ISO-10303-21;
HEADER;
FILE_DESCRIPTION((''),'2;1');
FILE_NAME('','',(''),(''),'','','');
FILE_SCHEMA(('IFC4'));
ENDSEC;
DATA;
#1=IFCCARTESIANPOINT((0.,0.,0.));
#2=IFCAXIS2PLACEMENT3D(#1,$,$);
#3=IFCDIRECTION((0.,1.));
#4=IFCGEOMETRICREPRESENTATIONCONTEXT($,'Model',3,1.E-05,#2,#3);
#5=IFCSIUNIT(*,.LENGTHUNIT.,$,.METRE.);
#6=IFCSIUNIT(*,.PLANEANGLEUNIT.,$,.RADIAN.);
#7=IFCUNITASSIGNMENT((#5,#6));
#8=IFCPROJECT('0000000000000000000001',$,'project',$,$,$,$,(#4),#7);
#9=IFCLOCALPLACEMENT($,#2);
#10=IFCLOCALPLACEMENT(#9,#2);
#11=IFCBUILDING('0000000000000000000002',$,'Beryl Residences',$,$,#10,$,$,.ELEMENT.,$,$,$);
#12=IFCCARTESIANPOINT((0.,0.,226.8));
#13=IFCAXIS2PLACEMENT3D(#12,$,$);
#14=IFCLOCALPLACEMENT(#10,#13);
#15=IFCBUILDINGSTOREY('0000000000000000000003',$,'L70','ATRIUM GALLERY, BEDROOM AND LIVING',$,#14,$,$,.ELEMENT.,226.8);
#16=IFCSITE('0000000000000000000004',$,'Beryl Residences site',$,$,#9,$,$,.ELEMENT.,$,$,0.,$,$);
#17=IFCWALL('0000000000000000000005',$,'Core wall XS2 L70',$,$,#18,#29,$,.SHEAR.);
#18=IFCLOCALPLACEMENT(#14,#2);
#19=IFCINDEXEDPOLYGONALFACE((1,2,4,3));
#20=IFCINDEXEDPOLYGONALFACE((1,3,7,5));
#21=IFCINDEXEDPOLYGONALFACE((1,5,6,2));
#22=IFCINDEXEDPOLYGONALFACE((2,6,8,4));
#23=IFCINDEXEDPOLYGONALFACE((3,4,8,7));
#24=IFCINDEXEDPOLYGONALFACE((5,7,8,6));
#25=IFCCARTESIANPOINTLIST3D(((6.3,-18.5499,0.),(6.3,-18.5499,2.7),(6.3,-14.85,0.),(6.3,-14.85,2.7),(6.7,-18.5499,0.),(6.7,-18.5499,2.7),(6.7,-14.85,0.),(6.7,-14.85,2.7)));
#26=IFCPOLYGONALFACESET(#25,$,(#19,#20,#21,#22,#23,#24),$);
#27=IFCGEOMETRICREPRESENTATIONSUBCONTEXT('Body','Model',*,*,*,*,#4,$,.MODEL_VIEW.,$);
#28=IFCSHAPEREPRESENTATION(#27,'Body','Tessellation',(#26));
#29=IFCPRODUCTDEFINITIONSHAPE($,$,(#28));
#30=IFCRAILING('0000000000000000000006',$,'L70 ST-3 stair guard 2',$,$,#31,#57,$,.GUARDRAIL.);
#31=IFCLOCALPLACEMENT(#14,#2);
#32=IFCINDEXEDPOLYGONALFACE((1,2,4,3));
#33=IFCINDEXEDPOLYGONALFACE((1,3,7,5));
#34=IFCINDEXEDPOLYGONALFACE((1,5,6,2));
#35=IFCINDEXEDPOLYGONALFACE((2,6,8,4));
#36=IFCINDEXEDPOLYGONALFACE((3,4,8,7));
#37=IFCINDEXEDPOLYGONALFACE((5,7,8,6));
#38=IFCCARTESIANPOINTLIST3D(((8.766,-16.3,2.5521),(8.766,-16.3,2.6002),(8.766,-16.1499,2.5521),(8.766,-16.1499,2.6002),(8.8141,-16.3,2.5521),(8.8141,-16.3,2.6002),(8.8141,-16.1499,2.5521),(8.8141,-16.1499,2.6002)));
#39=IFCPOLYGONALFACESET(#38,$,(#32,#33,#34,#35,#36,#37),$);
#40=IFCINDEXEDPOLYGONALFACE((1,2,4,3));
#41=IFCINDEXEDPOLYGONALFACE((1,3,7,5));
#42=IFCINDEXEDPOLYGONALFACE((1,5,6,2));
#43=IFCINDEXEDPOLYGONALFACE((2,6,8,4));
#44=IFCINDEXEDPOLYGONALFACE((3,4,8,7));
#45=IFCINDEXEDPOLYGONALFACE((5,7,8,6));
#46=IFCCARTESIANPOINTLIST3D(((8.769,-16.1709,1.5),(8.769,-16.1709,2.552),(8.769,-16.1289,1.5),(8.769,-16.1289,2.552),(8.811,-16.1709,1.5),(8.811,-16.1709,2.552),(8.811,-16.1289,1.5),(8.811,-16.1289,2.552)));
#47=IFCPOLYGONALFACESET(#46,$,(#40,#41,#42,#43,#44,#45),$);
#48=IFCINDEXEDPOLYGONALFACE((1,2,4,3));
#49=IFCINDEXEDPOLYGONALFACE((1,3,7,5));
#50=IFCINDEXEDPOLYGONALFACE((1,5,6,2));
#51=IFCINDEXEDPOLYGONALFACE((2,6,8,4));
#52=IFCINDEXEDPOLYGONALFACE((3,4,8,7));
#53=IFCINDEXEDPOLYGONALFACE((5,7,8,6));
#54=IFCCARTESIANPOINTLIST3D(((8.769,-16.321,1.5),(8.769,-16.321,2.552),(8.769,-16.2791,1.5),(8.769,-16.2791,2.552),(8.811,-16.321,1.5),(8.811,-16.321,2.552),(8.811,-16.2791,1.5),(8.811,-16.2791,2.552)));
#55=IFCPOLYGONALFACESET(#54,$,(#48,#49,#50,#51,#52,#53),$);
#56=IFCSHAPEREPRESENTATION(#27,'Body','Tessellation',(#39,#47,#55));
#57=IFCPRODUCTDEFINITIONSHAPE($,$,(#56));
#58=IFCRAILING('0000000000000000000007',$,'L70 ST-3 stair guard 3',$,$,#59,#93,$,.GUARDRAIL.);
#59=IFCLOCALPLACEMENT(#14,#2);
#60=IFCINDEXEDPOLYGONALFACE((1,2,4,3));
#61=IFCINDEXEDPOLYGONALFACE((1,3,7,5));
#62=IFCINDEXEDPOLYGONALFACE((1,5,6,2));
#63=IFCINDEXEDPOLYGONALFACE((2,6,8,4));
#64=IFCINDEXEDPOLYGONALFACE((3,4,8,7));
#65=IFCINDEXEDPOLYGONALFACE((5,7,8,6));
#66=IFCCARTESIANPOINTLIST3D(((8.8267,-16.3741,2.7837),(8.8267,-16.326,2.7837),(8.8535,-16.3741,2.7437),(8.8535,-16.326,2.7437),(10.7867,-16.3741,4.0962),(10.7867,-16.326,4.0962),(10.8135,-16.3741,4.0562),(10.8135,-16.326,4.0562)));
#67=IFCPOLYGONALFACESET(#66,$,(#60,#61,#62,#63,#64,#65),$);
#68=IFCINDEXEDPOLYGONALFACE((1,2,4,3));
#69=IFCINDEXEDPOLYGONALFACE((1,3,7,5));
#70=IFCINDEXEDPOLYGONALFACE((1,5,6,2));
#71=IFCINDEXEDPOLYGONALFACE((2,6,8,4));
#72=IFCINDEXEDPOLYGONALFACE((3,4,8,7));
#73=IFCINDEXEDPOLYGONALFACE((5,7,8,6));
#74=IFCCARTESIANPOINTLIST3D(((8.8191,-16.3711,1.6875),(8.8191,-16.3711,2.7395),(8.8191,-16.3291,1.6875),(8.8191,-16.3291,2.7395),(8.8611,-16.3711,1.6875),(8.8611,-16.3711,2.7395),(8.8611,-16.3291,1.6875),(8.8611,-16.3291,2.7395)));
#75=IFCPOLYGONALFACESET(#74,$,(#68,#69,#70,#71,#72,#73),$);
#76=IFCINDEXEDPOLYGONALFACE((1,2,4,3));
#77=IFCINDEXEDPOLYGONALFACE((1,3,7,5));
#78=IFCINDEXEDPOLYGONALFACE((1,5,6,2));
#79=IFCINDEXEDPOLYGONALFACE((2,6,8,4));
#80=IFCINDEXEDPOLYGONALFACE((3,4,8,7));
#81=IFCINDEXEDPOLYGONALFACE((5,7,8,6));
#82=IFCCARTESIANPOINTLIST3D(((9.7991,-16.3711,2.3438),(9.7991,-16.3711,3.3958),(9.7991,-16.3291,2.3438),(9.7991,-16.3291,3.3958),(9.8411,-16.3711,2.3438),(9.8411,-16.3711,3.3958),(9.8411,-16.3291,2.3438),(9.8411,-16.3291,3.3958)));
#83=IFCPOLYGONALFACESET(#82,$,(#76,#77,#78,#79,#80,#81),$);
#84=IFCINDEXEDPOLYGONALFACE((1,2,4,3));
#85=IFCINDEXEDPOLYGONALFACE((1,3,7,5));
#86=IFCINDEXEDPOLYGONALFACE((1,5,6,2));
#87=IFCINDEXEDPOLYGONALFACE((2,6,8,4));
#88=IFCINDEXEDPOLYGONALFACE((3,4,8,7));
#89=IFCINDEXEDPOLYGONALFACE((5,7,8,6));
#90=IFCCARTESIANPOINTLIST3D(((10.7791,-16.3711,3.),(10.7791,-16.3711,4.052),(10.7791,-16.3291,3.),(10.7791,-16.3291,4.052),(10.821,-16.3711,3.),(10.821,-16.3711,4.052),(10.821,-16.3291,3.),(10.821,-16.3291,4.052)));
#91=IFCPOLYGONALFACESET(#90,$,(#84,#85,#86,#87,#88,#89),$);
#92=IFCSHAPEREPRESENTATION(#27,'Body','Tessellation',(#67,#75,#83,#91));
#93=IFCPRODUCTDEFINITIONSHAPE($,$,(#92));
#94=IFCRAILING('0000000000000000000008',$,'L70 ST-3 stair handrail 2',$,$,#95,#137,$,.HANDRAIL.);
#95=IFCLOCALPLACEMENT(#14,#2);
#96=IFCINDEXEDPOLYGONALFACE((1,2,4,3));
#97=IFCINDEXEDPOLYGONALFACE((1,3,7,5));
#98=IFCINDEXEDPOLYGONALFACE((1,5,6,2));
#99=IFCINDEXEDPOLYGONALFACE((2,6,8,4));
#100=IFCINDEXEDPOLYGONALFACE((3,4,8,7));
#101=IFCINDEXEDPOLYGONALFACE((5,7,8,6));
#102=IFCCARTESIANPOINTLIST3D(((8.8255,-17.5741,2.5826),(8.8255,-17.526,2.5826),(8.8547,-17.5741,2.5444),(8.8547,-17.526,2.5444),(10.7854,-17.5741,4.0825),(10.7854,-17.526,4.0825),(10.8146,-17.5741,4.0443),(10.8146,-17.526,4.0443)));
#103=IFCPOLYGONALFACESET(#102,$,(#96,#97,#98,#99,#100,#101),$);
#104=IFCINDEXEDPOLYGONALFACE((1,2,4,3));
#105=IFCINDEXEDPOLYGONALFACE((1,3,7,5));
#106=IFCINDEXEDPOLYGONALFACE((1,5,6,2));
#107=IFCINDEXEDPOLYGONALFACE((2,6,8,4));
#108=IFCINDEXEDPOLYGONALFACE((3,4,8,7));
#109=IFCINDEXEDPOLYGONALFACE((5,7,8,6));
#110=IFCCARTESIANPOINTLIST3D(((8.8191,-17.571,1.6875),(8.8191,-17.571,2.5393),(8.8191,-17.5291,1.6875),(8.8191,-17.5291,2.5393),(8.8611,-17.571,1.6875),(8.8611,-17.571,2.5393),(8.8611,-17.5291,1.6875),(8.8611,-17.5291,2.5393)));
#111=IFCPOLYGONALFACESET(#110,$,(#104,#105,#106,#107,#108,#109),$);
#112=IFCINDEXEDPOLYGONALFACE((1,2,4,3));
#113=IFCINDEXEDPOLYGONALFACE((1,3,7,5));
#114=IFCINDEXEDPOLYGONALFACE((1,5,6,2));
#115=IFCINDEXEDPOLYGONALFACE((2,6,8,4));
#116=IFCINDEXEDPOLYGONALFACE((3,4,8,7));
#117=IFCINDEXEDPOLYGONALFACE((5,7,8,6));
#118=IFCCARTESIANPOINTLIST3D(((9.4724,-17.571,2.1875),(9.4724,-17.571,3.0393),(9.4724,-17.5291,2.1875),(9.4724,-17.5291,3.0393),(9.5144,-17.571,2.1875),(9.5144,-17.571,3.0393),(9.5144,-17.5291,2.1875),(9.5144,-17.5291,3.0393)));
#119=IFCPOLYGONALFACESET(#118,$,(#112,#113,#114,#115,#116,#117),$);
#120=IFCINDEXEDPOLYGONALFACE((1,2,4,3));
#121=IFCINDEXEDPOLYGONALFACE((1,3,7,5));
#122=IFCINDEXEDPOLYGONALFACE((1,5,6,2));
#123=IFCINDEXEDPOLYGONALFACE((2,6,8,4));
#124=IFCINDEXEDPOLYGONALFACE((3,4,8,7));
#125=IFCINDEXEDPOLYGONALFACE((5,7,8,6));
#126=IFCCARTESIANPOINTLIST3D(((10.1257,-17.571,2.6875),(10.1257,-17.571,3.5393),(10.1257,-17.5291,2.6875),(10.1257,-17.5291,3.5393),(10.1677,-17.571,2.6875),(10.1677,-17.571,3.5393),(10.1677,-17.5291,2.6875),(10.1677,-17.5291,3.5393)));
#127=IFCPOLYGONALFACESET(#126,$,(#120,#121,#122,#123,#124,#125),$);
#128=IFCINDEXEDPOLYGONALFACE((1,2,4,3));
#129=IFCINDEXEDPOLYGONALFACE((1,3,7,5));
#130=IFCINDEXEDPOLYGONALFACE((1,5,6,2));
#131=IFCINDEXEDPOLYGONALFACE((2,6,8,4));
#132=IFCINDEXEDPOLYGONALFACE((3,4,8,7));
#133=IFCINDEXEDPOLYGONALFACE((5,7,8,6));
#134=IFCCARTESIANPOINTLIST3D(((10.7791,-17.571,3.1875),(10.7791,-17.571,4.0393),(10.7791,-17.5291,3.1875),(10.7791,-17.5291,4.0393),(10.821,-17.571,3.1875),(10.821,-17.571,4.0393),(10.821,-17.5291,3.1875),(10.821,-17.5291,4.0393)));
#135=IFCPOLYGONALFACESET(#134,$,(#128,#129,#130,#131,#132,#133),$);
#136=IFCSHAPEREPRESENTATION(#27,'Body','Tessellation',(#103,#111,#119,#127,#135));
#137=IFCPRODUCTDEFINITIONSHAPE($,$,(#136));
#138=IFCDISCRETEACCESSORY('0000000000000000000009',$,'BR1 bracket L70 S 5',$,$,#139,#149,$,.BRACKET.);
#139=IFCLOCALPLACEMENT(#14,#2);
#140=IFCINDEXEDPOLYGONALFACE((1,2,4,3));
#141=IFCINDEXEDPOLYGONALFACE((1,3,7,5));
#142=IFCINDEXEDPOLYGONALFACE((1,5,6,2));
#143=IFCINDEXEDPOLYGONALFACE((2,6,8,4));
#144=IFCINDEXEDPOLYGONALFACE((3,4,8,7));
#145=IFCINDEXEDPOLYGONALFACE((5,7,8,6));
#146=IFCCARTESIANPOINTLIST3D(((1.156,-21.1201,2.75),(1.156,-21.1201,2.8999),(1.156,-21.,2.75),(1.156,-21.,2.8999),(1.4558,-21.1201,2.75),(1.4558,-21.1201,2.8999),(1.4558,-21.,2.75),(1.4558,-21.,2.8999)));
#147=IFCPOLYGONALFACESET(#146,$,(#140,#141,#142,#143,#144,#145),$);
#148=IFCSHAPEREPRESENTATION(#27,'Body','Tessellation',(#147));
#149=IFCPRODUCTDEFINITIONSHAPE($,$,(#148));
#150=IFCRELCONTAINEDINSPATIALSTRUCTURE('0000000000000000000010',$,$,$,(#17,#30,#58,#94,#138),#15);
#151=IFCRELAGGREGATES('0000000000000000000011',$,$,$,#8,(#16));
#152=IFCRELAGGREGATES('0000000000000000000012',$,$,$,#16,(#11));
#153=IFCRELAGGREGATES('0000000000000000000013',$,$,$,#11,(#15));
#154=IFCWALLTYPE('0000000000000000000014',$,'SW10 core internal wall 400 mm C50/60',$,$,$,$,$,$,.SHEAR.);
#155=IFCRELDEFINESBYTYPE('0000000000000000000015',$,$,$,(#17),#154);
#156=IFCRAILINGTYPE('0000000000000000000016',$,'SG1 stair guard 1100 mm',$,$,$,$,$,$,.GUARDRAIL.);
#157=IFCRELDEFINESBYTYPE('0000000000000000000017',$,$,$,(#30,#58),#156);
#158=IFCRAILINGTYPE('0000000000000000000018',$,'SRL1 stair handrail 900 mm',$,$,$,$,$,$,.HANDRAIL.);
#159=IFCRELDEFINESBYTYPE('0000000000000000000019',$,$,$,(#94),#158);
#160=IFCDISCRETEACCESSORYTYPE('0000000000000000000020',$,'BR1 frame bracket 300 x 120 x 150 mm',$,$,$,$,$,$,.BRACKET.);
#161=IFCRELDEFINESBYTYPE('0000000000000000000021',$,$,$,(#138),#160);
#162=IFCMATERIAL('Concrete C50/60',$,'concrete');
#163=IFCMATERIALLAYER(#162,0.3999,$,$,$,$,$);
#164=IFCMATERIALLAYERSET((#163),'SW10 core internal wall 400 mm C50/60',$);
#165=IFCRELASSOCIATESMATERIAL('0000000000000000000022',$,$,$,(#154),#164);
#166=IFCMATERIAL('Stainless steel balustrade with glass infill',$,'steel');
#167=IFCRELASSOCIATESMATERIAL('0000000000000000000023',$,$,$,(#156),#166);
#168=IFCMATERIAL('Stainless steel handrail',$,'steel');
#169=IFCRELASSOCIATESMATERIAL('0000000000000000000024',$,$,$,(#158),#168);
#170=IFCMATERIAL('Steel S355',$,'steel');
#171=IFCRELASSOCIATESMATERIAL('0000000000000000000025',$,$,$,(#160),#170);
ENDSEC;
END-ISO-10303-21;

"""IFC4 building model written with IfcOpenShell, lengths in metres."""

from ifc_helpers import new_model, si_unit, direction, frame, frame_2d, origin, origin_2d, place, context, subcontext, project, spatial, polyline, rectangle, outline, extrude, source, transform, mapped, material, layer, layer_set, type_object, type_shapes, element, save


model = new_model("IFC4")

# Units and contexts
model_context = context("Model", 3, precision=1e-05, world=origin(), true_north=direction((0.0, 1.0)))
body_context = subcontext(model_context, "Body", "Model", "MODEL_VIEW")
ifc_project = project(units=[si_unit("LENGTHUNIT", "METRE"), si_unit("PLANEANGLEUNIT", "RADIAN")], contexts=[model_context])

# Site, building, storey
site_placement = place(None, origin())
site = spatial("IfcSite", under=ifc_project, at=site_placement, Name="Beryl Residences site", CompositionType="ELEMENT", RefElevation=0.0)
building_placement = place(site_placement, origin())
building = spatial("IfcBuilding", under=site, at=building_placement, Name="Beryl Residences", CompositionType="ELEMENT")
storey_placement = place(building_placement, frame((0.0, 0.0, 226.8)))
storey = spatial("IfcBuildingStorey", under=building, at=storey_placement, Name="L70", Description="ATRIUM GALLERY, BEDROOM AND LIVING", CompositionType="ELEMENT", Elevation=226.8)

# Wall
ifc_material_1 = material(Name="Concrete C50/60", Category="concrete")
ifc_layer_1 = layer(ifc_material_1, 0.3999)
ifc_layer_set_1 = layer_set([ifc_layer_1], Name="SW10 core internal wall 400 mm C50/60")
wall_type_1 = type_object("IfcWallType", Name="SW10 core internal wall 400 mm C50/60", PredefinedType="SHEAR", material=ifc_layer_set_1)
wall_1_placement = place(storey_placement, frame((6.5, -18.55, 0.0), z_axis=(0.0, 0.0, 1.0), x_axis=(0.0, 1.0, 0.0)))
element("IfcWall", 1, at=wall_1_placement, inside=storey, type_object=wall_type_1, Name="Core wall XS2 L70", PredefinedType="SHEAR", context=body_context, shape_type="SweptSolid", body=[
    extrude(rectangle(XDim=3.7, YDim=0.3999, at=frame_2d((1.8501, 0.0))), origin(), (0.0, 0.0, 1.0), 2.7),
])

# Railings
ifc_material_2 = material(Name="Stainless steel balustrade with glass infill", Category="steel")
railing_type_1 = type_object("IfcRailingType", Name="SG1 stair guard 1100 mm", PredefinedType="GUARDRAIL", material=ifc_material_2)
railing_1_placement = place(storey_placement, frame((8.79, -16.1499, 1.5)))
element("IfcRailing", 2, at=railing_1_placement, inside=storey, type_object=railing_type_1, Name="L70 ST-3 stair guard 2", PredefinedType="GUARDRAIL", context=body_context, shape_type="SweptSolid", body=[
    extrude(rectangle(XDim=0.0481, YDim=0.0481, at=origin_2d()), frame((0.0, 0.0, 1.0762), z_axis=(0.0, -1.0, 0.0), x_axis=(1.0, 0.0, 0.0)), (0.0, 0.0, 1.0), 0.1501),
    extrude(rectangle(XDim=0.042, YDim=0.042, at=origin_2d()), origin(), (0.0, 0.0, 1.0), 1.052),
    extrude(rectangle(XDim=0.042, YDim=0.042, at=origin_2d()), frame((0.0, -0.1501, 0.0)), (0.0, 0.0, 1.0), 1.052),
])
railing_2_placement = place(storey_placement, frame((8.8401, -16.3501, 1.6875)))
element("IfcRailing", 3, at=railing_2_placement, inside=storey, type_object=railing_type_1, Name="L70 ST-3 stair guard 3", PredefinedType="GUARDRAIL", context=body_context, shape_type="SweptSolid", body=[
    extrude(rectangle(XDim=0.0481, YDim=0.0481, at=origin_2d()), frame((0.0, 0.0, 1.0762), z_axis=(0.830902, 0.0, 0.556419), x_axis=(0.0, 1.0, 0.0)), (0.0, 0.0, 1.0), 2.3589),
    extrude(rectangle(XDim=0.042, YDim=0.042, at=origin_2d()), origin(), (0.0, 0.0, 1.0), 1.052),
    extrude(rectangle(XDim=0.042, YDim=0.042, at=origin_2d()), frame((0.98, 0.0, 0.6562)), (0.0, 0.0, 1.0), 1.052),
    extrude(rectangle(XDim=0.042, YDim=0.042, at=origin_2d()), frame((1.96, 0.0, 1.3125)), (0.0, 0.0, 1.0), 1.052),
])
ifc_material_3 = material(Name="Stainless steel handrail", Category="steel")
railing_type_2 = type_object("IfcRailingType", Name="SRL1 stair handrail 900 mm", PredefinedType="HANDRAIL", material=ifc_material_3)
railing_3_placement = place(storey_placement, frame((8.8401, -17.55, 1.6875)))
element("IfcRailing", 4, at=railing_3_placement, inside=storey, type_object=railing_type_2, Name="L70 ST-3 stair handrail 2", PredefinedType="HANDRAIL", context=body_context, shape_type="SweptSolid", body=[
    extrude(rectangle(XDim=0.0481, YDim=0.0481, at=origin_2d()), frame((0.0, 0.0, 0.876), z_axis=(0.794122, 0.0, 0.607758), x_axis=(0.0, 1.0, 0.0)), (0.0, 0.0, 1.0), 2.468),
    extrude(rectangle(XDim=0.042, YDim=0.042, at=origin_2d()), origin(), (0.0, 0.0, 1.0), 0.8518),
    extrude(rectangle(XDim=0.042, YDim=0.042, at=origin_2d()), frame((0.6533, 0.0, 0.5)), (0.0, 0.0, 1.0), 0.8518),
    extrude(rectangle(XDim=0.042, YDim=0.042, at=origin_2d()), frame((1.3066, 0.0, 1.0)), (0.0, 0.0, 1.0), 0.8518),
    extrude(rectangle(XDim=0.042, YDim=0.042, at=origin_2d()), frame((1.96, 0.0, 1.5)), (0.0, 0.0, 1.0), 0.8518),
])

# Discrete accessory
ifc_material_4 = material(Name="Steel S355", Category="steel")
discrete_accessory_type = type_object("IfcDiscreteAccessoryType", Name="BR1 frame bracket 300 x 120 x 150 mm", PredefinedType="BRACKET", material=ifc_material_4)
shared_shape_1 = source(origin(), body_context, "Body", "SweptSolid", [
    extrude(outline(polyline([(-0.1499, 0.0), (0.1499, 0.0), (0.1499, 0.1201), (-0.1499, 0.1201), (-0.1499, 0.0)])), origin(), (0.0, 0.0, 1.0), 0.1499),
])
type_shapes(discrete_accessory_type, [shared_shape_1])
discrete_accessory_placement = place(storey_placement, frame((1.3059, -21.0, 2.75), z_axis=(0.0, 0.0, 1.0), x_axis=(-1.0, 0.0, 0.0)))
element("IfcDiscreteAccessory", 5, at=discrete_accessory_placement, inside=storey, type_object=discrete_accessory_type, Name="BR1 bracket L70 S 5", PredefinedType="BRACKET", context=body_context, shape_type="MappedRepresentation", body=[
    mapped(shared_shape_1, transform((0.0, 0.0, 0.0))),
])

save(model, "model.ifc")
